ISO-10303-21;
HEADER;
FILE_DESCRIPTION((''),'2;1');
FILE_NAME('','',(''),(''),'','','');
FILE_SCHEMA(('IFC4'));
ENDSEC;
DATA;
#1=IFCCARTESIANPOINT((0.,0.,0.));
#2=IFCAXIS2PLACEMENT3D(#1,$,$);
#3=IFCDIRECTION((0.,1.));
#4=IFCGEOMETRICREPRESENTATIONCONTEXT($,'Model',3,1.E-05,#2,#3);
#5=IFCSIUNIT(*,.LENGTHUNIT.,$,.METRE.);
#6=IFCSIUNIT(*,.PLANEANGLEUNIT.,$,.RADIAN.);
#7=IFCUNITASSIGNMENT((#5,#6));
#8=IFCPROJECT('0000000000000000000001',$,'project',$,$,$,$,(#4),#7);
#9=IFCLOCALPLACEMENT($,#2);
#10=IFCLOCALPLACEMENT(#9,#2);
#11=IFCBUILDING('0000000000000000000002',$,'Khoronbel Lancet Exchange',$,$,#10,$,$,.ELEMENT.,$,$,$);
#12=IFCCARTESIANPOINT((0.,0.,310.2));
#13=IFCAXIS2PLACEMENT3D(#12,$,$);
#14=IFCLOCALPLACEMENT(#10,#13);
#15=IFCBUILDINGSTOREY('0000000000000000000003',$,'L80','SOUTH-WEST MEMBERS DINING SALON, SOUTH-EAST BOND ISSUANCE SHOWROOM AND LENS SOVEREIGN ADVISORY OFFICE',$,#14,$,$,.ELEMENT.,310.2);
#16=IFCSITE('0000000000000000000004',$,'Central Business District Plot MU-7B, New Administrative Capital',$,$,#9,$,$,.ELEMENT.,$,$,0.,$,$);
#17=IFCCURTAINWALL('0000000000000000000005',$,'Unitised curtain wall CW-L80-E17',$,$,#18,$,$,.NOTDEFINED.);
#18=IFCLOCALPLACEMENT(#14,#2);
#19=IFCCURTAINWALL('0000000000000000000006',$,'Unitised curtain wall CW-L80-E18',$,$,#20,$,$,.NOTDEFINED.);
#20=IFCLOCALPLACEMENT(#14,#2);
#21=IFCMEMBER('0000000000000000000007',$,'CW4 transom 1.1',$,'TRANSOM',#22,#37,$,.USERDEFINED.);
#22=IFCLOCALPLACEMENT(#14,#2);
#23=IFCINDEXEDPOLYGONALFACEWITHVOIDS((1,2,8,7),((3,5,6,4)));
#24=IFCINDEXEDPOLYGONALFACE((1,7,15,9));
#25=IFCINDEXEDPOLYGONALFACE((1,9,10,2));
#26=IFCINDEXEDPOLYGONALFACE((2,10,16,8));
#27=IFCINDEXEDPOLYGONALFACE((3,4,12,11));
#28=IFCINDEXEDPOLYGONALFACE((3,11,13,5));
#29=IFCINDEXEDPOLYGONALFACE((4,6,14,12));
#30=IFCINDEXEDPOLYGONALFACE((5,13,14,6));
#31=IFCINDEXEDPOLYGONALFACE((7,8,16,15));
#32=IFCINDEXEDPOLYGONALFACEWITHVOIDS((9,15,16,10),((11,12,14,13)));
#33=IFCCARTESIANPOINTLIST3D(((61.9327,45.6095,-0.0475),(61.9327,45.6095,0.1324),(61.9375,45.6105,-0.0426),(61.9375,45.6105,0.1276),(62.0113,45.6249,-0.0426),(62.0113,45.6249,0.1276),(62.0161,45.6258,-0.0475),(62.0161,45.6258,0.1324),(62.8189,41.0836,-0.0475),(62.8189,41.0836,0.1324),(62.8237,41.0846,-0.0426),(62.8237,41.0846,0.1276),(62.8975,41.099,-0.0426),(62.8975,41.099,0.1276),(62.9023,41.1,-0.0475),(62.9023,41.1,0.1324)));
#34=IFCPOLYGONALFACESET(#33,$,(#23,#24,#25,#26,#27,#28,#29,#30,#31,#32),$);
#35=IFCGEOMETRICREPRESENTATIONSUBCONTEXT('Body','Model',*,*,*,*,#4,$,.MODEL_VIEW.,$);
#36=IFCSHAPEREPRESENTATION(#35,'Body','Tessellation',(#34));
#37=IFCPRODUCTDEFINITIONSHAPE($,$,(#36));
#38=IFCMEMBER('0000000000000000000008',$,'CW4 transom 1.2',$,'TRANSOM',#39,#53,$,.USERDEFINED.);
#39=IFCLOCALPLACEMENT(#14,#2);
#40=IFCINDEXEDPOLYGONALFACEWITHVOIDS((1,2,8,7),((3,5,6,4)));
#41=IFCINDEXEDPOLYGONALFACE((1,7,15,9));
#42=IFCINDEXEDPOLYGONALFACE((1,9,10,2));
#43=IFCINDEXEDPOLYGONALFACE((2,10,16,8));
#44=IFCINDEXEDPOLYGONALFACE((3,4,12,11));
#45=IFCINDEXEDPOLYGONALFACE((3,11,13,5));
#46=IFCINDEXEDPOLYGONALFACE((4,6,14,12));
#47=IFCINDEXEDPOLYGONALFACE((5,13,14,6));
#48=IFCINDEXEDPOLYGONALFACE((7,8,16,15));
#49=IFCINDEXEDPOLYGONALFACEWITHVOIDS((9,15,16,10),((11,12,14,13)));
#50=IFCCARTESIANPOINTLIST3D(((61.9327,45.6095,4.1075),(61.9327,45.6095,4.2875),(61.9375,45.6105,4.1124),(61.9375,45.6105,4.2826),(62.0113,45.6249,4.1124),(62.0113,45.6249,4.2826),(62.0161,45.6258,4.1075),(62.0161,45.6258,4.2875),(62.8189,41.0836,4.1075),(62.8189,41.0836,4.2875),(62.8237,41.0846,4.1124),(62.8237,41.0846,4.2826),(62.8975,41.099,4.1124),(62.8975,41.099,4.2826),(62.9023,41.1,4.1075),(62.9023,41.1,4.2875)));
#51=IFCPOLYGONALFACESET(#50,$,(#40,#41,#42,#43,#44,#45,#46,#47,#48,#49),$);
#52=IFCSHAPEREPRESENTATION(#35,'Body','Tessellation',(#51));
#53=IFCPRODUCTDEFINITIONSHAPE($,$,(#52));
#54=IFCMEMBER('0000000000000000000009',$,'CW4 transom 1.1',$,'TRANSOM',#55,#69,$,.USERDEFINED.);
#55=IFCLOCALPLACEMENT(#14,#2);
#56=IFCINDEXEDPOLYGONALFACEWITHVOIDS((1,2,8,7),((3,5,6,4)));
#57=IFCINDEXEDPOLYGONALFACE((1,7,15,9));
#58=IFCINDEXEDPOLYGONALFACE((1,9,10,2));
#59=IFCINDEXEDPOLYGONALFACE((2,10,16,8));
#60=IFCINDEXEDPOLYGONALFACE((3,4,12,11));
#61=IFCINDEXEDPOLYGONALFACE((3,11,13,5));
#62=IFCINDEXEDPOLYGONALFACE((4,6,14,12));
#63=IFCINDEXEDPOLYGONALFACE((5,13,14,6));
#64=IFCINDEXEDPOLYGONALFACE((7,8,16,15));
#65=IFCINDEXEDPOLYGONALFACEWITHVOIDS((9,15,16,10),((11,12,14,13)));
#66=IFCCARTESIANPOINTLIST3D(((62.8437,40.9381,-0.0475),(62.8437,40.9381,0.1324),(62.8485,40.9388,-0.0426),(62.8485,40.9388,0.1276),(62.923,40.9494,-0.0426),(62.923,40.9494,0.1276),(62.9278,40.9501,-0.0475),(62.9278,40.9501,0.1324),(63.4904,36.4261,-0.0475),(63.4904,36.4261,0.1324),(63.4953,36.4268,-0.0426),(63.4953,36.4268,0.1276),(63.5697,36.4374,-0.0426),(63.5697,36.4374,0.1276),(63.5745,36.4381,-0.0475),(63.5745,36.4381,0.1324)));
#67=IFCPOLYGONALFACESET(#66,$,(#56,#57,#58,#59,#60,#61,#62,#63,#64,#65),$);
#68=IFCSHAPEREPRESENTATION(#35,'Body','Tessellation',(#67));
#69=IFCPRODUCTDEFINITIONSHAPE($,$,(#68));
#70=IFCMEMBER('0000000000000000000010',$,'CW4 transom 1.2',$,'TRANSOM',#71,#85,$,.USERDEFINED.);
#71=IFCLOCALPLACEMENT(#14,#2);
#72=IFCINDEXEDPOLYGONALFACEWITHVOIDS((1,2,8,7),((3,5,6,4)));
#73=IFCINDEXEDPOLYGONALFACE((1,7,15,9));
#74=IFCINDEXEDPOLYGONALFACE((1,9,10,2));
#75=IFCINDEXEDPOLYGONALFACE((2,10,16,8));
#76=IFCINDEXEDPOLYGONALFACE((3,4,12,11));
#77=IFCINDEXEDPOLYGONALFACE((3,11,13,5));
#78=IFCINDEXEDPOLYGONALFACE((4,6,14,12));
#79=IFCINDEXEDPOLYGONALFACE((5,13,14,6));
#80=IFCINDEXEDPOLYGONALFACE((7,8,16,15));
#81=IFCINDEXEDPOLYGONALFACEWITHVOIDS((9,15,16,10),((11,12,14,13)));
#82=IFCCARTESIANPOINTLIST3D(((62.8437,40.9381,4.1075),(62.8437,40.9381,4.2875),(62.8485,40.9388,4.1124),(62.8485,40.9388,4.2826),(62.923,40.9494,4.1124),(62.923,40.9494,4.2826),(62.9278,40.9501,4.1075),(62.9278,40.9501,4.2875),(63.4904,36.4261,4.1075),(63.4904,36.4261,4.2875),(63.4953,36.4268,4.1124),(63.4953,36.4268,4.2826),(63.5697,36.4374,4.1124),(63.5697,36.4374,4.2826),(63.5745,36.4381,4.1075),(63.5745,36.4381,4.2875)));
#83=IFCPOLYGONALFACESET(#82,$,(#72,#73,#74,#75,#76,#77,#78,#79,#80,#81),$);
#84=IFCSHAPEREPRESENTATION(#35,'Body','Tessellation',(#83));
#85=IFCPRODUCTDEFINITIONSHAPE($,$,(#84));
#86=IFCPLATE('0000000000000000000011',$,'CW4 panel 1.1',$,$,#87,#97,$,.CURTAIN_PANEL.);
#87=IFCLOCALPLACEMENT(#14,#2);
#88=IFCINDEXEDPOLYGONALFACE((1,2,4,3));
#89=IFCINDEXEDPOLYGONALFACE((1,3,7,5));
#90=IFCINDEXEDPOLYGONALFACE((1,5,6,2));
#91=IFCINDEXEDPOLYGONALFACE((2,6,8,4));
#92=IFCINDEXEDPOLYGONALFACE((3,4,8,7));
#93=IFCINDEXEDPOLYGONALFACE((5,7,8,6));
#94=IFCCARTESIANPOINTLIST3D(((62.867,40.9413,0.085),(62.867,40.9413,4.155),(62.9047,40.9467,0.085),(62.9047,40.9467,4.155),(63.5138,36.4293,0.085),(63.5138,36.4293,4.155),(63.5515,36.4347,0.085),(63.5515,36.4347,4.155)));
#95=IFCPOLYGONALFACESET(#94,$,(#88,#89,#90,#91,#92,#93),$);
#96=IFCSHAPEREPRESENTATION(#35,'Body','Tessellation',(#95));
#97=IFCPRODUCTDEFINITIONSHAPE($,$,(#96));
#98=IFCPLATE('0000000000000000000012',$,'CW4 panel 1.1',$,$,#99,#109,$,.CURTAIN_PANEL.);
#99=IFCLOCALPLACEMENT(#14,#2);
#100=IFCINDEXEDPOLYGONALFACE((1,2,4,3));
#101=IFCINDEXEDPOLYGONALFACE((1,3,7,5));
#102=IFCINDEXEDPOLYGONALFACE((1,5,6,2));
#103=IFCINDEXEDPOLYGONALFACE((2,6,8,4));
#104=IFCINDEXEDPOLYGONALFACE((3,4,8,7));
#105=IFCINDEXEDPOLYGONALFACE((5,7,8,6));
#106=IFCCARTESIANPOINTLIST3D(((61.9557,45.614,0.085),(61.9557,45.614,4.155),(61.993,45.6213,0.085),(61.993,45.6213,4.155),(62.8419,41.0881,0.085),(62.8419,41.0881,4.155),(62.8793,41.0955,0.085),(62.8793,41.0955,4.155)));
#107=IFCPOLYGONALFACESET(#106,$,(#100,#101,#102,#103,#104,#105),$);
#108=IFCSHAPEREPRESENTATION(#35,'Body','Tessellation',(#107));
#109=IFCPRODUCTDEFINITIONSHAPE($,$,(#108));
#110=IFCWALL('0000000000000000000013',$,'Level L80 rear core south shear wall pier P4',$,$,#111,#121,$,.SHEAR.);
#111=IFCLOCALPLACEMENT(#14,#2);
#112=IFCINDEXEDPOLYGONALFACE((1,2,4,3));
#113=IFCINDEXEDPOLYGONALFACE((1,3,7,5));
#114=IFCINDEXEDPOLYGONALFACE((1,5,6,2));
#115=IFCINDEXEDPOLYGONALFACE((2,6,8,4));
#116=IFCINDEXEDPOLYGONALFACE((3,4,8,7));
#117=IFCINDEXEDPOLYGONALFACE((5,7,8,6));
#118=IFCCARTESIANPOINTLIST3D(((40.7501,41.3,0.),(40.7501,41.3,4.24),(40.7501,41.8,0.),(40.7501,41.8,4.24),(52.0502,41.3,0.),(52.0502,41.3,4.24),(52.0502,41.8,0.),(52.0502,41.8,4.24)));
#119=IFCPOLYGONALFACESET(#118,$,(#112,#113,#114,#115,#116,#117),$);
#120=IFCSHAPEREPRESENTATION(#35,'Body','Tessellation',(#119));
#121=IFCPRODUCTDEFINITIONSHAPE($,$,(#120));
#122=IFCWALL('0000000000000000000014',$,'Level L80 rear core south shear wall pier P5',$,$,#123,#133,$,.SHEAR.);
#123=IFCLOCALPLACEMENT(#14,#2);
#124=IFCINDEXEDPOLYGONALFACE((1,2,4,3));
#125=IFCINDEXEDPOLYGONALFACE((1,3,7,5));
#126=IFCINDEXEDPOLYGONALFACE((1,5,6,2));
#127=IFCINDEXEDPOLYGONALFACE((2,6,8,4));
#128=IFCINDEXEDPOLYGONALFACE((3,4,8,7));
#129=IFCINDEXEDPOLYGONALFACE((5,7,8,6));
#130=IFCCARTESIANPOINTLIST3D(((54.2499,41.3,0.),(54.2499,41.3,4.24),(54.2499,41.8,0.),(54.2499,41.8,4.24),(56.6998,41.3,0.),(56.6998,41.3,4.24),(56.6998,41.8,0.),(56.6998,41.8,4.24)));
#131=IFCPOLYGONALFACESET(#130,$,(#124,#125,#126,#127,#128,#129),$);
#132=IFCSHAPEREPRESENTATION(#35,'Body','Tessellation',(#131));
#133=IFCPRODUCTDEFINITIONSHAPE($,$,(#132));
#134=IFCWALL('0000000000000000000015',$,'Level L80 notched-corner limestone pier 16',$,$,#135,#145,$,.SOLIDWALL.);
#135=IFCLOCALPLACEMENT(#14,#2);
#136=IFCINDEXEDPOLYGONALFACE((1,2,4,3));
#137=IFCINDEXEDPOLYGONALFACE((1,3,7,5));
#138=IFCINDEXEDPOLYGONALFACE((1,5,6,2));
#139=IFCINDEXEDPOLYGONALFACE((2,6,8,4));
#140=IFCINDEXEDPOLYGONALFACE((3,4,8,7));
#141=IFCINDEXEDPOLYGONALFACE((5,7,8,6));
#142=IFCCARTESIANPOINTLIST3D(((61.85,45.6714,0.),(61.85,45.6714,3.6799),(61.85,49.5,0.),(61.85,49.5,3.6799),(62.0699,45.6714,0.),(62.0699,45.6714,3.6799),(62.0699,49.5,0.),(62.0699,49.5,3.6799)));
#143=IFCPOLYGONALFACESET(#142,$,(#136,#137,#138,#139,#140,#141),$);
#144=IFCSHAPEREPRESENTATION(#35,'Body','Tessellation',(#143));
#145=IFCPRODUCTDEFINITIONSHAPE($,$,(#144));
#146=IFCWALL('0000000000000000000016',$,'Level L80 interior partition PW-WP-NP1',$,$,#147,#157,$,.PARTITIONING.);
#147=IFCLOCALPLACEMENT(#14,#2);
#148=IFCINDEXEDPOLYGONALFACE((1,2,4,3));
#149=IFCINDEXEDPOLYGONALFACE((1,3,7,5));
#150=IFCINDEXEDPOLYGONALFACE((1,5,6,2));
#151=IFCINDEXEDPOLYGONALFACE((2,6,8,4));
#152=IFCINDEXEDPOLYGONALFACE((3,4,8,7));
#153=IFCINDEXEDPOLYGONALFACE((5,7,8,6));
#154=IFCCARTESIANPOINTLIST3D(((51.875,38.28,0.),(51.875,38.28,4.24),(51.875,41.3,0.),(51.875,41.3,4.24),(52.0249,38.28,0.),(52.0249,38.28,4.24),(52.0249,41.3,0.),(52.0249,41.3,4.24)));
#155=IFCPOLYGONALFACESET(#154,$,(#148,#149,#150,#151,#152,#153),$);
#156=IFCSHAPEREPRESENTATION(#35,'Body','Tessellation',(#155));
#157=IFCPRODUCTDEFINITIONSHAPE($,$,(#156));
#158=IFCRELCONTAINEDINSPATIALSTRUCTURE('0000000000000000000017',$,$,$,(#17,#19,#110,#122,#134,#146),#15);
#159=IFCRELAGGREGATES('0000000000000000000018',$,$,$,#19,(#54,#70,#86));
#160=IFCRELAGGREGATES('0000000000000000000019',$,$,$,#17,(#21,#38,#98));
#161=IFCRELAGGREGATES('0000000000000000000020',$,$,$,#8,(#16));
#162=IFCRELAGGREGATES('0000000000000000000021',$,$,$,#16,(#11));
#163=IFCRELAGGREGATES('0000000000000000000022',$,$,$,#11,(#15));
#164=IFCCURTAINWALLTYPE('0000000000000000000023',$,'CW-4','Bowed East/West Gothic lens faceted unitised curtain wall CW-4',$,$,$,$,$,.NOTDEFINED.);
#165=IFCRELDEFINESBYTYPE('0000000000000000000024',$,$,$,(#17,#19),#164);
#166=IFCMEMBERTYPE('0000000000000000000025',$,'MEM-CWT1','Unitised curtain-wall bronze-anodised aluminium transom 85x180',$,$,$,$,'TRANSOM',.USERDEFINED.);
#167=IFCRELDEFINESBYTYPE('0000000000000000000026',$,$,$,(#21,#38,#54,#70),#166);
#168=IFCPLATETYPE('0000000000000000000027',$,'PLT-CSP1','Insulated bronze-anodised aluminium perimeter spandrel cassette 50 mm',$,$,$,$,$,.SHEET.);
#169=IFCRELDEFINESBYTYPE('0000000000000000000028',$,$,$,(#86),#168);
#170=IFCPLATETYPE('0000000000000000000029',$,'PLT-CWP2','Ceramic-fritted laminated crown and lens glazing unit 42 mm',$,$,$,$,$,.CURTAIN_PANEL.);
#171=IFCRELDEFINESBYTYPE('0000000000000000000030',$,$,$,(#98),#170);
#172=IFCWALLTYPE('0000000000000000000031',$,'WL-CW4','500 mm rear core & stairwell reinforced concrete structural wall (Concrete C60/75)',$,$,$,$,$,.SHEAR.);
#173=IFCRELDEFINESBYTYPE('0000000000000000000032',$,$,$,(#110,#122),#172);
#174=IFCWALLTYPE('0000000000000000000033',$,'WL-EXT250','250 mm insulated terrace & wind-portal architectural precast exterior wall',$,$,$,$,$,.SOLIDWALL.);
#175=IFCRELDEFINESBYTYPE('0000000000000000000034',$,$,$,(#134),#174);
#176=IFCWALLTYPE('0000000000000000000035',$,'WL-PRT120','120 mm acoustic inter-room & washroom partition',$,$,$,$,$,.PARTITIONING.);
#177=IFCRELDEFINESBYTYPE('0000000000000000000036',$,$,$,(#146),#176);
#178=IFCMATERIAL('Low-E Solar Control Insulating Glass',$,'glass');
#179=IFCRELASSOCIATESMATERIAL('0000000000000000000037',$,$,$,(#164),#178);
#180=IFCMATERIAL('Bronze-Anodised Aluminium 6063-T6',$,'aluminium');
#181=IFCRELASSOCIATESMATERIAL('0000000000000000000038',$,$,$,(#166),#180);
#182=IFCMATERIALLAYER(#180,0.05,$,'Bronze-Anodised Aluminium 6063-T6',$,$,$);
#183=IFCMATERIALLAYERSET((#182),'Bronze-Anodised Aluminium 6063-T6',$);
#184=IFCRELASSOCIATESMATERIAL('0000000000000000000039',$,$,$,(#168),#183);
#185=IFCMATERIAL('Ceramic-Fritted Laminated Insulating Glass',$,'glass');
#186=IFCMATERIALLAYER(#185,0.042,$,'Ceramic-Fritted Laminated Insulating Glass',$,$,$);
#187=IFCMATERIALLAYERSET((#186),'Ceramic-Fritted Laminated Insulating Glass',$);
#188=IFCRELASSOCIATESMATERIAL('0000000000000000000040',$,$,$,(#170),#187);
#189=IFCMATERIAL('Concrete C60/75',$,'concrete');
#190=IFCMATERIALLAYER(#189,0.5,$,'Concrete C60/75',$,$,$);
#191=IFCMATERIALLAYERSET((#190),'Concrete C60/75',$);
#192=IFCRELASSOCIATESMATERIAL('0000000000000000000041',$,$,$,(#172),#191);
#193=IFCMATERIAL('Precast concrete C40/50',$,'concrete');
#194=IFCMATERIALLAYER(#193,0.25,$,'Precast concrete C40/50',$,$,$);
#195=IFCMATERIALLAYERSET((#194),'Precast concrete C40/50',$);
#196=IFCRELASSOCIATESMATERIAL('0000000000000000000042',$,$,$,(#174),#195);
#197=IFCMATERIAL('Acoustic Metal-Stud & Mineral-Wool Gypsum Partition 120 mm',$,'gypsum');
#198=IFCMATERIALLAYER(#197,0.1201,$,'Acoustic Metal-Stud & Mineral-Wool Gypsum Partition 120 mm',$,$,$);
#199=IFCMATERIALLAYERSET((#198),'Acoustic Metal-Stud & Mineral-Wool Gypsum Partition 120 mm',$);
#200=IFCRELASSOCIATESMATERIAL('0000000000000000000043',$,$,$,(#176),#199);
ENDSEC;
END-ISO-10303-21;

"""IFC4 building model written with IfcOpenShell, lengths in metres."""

from ifc_helpers import new_model, si_unit, direction, frame, frame_2d, origin, origin_2d, place, context, subcontext, project, spatial, rectangle, hollow_rectangle, extrude, material, layer, layer_set, material_profile, profile_set, type_object, element, aggregate, save


model = new_model("IFC4")

# Units and contexts
model_context = context("Model", 3, precision=1e-05, world=origin(), true_north=direction((0.0, 1.0)))
body_context = subcontext(model_context, "Body", "Model", "MODEL_VIEW")
ifc_project = project(units=[si_unit("LENGTHUNIT", "METRE"), si_unit("PLANEANGLEUNIT", "RADIAN")], contexts=[model_context])

# Site, building, storey
site_placement = place(None, origin())
site = spatial("IfcSite", under=ifc_project, at=site_placement, Name="Central Business District Plot MU-7B, New Administrative Capital", CompositionType="ELEMENT", RefElevation=0.0)
building_placement = place(site_placement, origin())
building = spatial("IfcBuilding", under=site, at=building_placement, Name="Khoronbel Lancet Exchange", CompositionType="ELEMENT")
storey_placement = place(building_placement, frame((0.0, 0.0, 310.2)))
storey = spatial("IfcBuildingStorey", under=building, at=storey_placement, Name="L80", Description="SOUTH-WEST MEMBERS DINING SALON, SOUTH-EAST BOND ISSUANCE SHOWROOM AND LENS SOVEREIGN ADVISORY OFFICE", CompositionType="ELEMENT", Elevation=310.2)

# Shared definitions
ifc_material_1 = material(Name="Concrete C60/75", Category="concrete")

# Curtain wall
ifc_material_2 = material(Name="Low-E Solar Control Insulating Glass", Category="glass")
curtain_wall_type = type_object("IfcCurtainWallType", Name="CW-4", Description="Bowed East/West Gothic lens faceted unitised curtain wall CW-4", PredefinedType="NOTDEFINED", material=ifc_material_2)
curtain_wall_1_placement = place(storey_placement, origin())
curtain_wall_1 = element("IfcCurtainWall", 1, at=curtain_wall_1_placement, inside=storey, type_object=curtain_wall_type, Name="Unitised curtain wall CW-L80-E17", PredefinedType="NOTDEFINED")
ifc_material_3 = material(Name="Bronze-Anodised Aluminium 6063-T6", Category="aluminium")

# Curtain wall
curtain_wall_2_placement = place(storey_placement, origin())
curtain_wall_2 = element("IfcCurtainWall", 2, at=curtain_wall_2_placement, inside=storey, type_object=curtain_wall_type, Name="Unitised curtain wall CW-L80-E18", PredefinedType="NOTDEFINED")

# Members
ifc_material_profile_1 = material_profile(ifc_material_3, hollow_rectangle(XDim=0.085, YDim=0.1799, WallThickness=0.0049, at=origin_2d()), Name="ALU TRANSOM 85x180")
ifc_profile_set_1 = profile_set([ifc_material_profile_1], Name="Bronze-Anodised Aluminium 6063-T6")
member_type_1 = type_object("IfcMemberType", Name="MEM-CWT1", Description="Unitised curtain-wall bronze-anodised aluminium transom 85x180", ElementType="TRANSOM", PredefinedType="USERDEFINED", material=ifc_profile_set_1)
member_1_placement = place(storey_placement, frame((61.9744, 45.6177, 0.0425), z_axis=(0.192165, -0.981363, 0.0), x_axis=(0.981363, 0.192165, 0.0)))
member_1 = element("IfcMember", 3, at=member_1_placement, type_object=member_type_1, Name="CW4 transom 1.1", ObjectType="TRANSOM", PredefinedType="USERDEFINED", context=body_context, shape_type="SweptSolid", body=[
    extrude(hollow_rectangle(XDim=0.085, YDim=0.1799, WallThickness=0.0049, at=origin_2d()), origin(), (0.0, 0.0, 1.0), 4.6118),
])
member_2_placement = place(storey_placement, frame((61.9744, 45.6177, 4.1975), z_axis=(0.192165, -0.981363, 0.0), x_axis=(0.981363, 0.192165, 0.0)))
member_2 = element("IfcMember", 4, at=member_2_placement, type_object=member_type_1, Name="CW4 transom 1.2", ObjectType="TRANSOM", PredefinedType="USERDEFINED", context=body_context, shape_type="SweptSolid", body=[
    extrude(hollow_rectangle(XDim=0.085, YDim=0.1799, WallThickness=0.0049, at=origin_2d()), origin(), (0.0, 0.0, 1.0), 4.6118),
])
member_3_placement = place(storey_placement, frame((62.8857, 40.9441, 0.0425), z_axis=(0.141886, -0.989883, 0.0), x_axis=(0.989883, 0.141886, 0.0)))
member_3 = element("IfcMember", 5, at=member_3_placement, type_object=member_type_1, Name="CW4 transom 1.1", ObjectType="TRANSOM", PredefinedType="USERDEFINED", context=body_context, shape_type="SweptSolid", body=[
    extrude(hollow_rectangle(XDim=0.085, YDim=0.1799, WallThickness=0.0049, at=origin_2d()), origin(), (0.0, 0.0, 1.0), 4.5581),
])
member_4_placement = place(storey_placement, frame((62.8857, 40.9441, 4.1975), z_axis=(0.141886, -0.989883, 0.0), x_axis=(0.989883, 0.141886, 0.0)))
member_4 = element("IfcMember", 6, at=member_4_placement, type_object=member_type_1, Name="CW4 transom 1.2", ObjectType="TRANSOM", PredefinedType="USERDEFINED", context=body_context, shape_type="SweptSolid", body=[
    extrude(hollow_rectangle(XDim=0.085, YDim=0.1799, WallThickness=0.0049, at=origin_2d()), origin(), (0.0, 0.0, 1.0), 4.5581),
])

# Plates
ifc_layer_1 = layer(ifc_material_3, 0.05, Name="Bronze-Anodised Aluminium 6063-T6")
ifc_layer_set_1 = layer_set([ifc_layer_1], Name="Bronze-Anodised Aluminium 6063-T6")
plate_type_1 = type_object("IfcPlateType", Name="PLT-CSP1", Description="Insulated bronze-anodised aluminium perimeter spandrel cassette 50 mm", PredefinedType="SHEET", material=ifc_layer_set_1)
plate_1_placement = place(storey_placement, frame((63.2092, 38.688, 0.085), z_axis=(0.0, 0.0, 1.0), x_axis=(0.141906, -0.98988, 0.0)))
plate_1 = element("IfcPlate", 7, at=plate_1_placement, type_object=plate_type_1, Name="CW4 panel 1.1", PredefinedType="CURTAIN_PANEL", context=body_context, shape_type="SweptSolid", body=[
    extrude(rectangle(XDim=4.5581, YDim=0.0381, at=origin_2d()), origin(), (0.0, 0.0, 1.0), 4.0701),
])
aggregate(curtain_wall_2, [member_3, member_4, plate_1])
ifc_material_4 = material(Name="Ceramic-Fritted Laminated Insulating Glass", Category="glass")
ifc_layer_2 = layer(ifc_material_4, 0.042, Name="Ceramic-Fritted Laminated Insulating Glass")
ifc_layer_set_2 = layer_set([ifc_layer_2], Name="Ceramic-Fritted Laminated Insulating Glass")
plate_type_2 = type_object("IfcPlateType", Name="PLT-CWP2", Description="Ceramic-fritted laminated crown and lens glazing unit 42 mm", PredefinedType="CURTAIN_PANEL", material=ifc_layer_set_2)
plate_2_placement = place(storey_placement, frame((62.4175, 43.3547, 0.085), z_axis=(0.0, 0.0, 1.0), x_axis=(0.192177, -0.98136, 0.0)))
plate_2 = element("IfcPlate", 8, at=plate_2_placement, type_object=plate_type_2, Name="CW4 panel 1.1", PredefinedType="CURTAIN_PANEL", context=body_context, shape_type="SweptSolid", body=[
    extrude(rectangle(XDim=4.6118, YDim=0.0381, at=origin_2d()), origin(), (0.0, 0.0, 1.0), 4.0701),
])
aggregate(curtain_wall_1, [member_1, member_2, plate_2])

# Walls
ifc_layer_3 = layer(ifc_material_1, 0.5, Name="Concrete C60/75")
ifc_layer_set_3 = layer_set([ifc_layer_3], Name="Concrete C60/75")
wall_type_1 = type_object("IfcWallType", Name="WL-CW4", Description="500 mm rear core & stairwell reinforced concrete structural wall (Concrete C60/75)", PredefinedType="SHEAR", material=ifc_layer_set_3)
wall_1_placement = place(storey_placement, frame((52.05, 41.55, 0.0), z_axis=(0.0, 0.0, 1.0), x_axis=(-1.0, 0.0, 0.0)))
element("IfcWall", 9, at=wall_1_placement, inside=storey, type_object=wall_type_1, Name="Level L80 rear core south shear wall pier P4", PredefinedType="SHEAR", context=body_context, shape_type="SweptSolid", body=[
    extrude(rectangle(XDim=11.3, YDim=0.5, at=frame_2d((5.6499, 0.0))), origin(), (0.0, 0.0, 1.0), 4.24),
])
wall_2_placement = place(storey_placement, frame((56.7, 41.55, 0.0), z_axis=(0.0, 0.0, 1.0), x_axis=(-1.0, 0.0, 0.0)))
element("IfcWall", 10, at=wall_2_placement, inside=storey, type_object=wall_type_1, Name="Level L80 rear core south shear wall pier P5", PredefinedType="SHEAR", context=body_context, shape_type="SweptSolid", body=[
    extrude(rectangle(XDim=2.45, YDim=0.5, at=frame_2d((1.2251, 0.0))), origin(), (0.0, 0.0, 1.0), 4.24),
])
ifc_material_5 = material(Name="Precast concrete C40/50", Category="concrete")
ifc_layer_4 = layer(ifc_material_5, 0.25, Name="Precast concrete C40/50")
ifc_layer_set_4 = layer_set([ifc_layer_4], Name="Precast concrete C40/50")
wall_type_2 = type_object("IfcWallType", Name="WL-EXT250", Description="250 mm insulated terrace & wind-portal architectural precast exterior wall", PredefinedType="SOLIDWALL", material=ifc_layer_set_4)
wall_3_placement = place(storey_placement, frame((61.96, 49.5, 0.0), z_axis=(0.0, 0.0, 1.0), x_axis=(0.0, -1.0, 0.0)))
element("IfcWall", 11, at=wall_3_placement, inside=storey, type_object=wall_type_2, Name="Level L80 notched-corner limestone pier 16", PredefinedType="SOLIDWALL", context=body_context, shape_type="SweptSolid", body=[
    extrude(rectangle(XDim=3.8286, YDim=0.22, at=frame_2d((1.9143, 0.0))), origin(), (0.0, 0.0, 1.0), 3.6799),
])
ifc_material_6 = material(Name="Acoustic Metal-Stud & Mineral-Wool Gypsum Partition 120 mm", Category="gypsum")
ifc_layer_5 = layer(ifc_material_6, 0.1201, Name="Acoustic Metal-Stud & Mineral-Wool Gypsum Partition 120 mm")
ifc_layer_set_5 = layer_set([ifc_layer_5], Name="Acoustic Metal-Stud & Mineral-Wool Gypsum Partition 120 mm")
wall_type_3 = type_object("IfcWallType", Name="WL-PRT120", Description="120 mm acoustic inter-room & washroom partition", PredefinedType="PARTITIONING", material=ifc_layer_set_5)
wall_4_placement = place(storey_placement, frame((51.95, 38.28, 0.0), z_axis=(0.0, 0.0, 1.0), x_axis=(0.0, 1.0, 0.0)))
element("IfcWall", 12, at=wall_4_placement, inside=storey, type_object=wall_type_3, Name="Level L80 interior partition PW-WP-NP1", PredefinedType="PARTITIONING", context=body_context, shape_type="SweptSolid", body=[
    extrude(rectangle(XDim=3.02, YDim=0.1499, at=frame_2d((1.51, 0.0))), origin(), (0.0, 0.0, 1.0), 4.24),
])

save(model, "model.ifc")
